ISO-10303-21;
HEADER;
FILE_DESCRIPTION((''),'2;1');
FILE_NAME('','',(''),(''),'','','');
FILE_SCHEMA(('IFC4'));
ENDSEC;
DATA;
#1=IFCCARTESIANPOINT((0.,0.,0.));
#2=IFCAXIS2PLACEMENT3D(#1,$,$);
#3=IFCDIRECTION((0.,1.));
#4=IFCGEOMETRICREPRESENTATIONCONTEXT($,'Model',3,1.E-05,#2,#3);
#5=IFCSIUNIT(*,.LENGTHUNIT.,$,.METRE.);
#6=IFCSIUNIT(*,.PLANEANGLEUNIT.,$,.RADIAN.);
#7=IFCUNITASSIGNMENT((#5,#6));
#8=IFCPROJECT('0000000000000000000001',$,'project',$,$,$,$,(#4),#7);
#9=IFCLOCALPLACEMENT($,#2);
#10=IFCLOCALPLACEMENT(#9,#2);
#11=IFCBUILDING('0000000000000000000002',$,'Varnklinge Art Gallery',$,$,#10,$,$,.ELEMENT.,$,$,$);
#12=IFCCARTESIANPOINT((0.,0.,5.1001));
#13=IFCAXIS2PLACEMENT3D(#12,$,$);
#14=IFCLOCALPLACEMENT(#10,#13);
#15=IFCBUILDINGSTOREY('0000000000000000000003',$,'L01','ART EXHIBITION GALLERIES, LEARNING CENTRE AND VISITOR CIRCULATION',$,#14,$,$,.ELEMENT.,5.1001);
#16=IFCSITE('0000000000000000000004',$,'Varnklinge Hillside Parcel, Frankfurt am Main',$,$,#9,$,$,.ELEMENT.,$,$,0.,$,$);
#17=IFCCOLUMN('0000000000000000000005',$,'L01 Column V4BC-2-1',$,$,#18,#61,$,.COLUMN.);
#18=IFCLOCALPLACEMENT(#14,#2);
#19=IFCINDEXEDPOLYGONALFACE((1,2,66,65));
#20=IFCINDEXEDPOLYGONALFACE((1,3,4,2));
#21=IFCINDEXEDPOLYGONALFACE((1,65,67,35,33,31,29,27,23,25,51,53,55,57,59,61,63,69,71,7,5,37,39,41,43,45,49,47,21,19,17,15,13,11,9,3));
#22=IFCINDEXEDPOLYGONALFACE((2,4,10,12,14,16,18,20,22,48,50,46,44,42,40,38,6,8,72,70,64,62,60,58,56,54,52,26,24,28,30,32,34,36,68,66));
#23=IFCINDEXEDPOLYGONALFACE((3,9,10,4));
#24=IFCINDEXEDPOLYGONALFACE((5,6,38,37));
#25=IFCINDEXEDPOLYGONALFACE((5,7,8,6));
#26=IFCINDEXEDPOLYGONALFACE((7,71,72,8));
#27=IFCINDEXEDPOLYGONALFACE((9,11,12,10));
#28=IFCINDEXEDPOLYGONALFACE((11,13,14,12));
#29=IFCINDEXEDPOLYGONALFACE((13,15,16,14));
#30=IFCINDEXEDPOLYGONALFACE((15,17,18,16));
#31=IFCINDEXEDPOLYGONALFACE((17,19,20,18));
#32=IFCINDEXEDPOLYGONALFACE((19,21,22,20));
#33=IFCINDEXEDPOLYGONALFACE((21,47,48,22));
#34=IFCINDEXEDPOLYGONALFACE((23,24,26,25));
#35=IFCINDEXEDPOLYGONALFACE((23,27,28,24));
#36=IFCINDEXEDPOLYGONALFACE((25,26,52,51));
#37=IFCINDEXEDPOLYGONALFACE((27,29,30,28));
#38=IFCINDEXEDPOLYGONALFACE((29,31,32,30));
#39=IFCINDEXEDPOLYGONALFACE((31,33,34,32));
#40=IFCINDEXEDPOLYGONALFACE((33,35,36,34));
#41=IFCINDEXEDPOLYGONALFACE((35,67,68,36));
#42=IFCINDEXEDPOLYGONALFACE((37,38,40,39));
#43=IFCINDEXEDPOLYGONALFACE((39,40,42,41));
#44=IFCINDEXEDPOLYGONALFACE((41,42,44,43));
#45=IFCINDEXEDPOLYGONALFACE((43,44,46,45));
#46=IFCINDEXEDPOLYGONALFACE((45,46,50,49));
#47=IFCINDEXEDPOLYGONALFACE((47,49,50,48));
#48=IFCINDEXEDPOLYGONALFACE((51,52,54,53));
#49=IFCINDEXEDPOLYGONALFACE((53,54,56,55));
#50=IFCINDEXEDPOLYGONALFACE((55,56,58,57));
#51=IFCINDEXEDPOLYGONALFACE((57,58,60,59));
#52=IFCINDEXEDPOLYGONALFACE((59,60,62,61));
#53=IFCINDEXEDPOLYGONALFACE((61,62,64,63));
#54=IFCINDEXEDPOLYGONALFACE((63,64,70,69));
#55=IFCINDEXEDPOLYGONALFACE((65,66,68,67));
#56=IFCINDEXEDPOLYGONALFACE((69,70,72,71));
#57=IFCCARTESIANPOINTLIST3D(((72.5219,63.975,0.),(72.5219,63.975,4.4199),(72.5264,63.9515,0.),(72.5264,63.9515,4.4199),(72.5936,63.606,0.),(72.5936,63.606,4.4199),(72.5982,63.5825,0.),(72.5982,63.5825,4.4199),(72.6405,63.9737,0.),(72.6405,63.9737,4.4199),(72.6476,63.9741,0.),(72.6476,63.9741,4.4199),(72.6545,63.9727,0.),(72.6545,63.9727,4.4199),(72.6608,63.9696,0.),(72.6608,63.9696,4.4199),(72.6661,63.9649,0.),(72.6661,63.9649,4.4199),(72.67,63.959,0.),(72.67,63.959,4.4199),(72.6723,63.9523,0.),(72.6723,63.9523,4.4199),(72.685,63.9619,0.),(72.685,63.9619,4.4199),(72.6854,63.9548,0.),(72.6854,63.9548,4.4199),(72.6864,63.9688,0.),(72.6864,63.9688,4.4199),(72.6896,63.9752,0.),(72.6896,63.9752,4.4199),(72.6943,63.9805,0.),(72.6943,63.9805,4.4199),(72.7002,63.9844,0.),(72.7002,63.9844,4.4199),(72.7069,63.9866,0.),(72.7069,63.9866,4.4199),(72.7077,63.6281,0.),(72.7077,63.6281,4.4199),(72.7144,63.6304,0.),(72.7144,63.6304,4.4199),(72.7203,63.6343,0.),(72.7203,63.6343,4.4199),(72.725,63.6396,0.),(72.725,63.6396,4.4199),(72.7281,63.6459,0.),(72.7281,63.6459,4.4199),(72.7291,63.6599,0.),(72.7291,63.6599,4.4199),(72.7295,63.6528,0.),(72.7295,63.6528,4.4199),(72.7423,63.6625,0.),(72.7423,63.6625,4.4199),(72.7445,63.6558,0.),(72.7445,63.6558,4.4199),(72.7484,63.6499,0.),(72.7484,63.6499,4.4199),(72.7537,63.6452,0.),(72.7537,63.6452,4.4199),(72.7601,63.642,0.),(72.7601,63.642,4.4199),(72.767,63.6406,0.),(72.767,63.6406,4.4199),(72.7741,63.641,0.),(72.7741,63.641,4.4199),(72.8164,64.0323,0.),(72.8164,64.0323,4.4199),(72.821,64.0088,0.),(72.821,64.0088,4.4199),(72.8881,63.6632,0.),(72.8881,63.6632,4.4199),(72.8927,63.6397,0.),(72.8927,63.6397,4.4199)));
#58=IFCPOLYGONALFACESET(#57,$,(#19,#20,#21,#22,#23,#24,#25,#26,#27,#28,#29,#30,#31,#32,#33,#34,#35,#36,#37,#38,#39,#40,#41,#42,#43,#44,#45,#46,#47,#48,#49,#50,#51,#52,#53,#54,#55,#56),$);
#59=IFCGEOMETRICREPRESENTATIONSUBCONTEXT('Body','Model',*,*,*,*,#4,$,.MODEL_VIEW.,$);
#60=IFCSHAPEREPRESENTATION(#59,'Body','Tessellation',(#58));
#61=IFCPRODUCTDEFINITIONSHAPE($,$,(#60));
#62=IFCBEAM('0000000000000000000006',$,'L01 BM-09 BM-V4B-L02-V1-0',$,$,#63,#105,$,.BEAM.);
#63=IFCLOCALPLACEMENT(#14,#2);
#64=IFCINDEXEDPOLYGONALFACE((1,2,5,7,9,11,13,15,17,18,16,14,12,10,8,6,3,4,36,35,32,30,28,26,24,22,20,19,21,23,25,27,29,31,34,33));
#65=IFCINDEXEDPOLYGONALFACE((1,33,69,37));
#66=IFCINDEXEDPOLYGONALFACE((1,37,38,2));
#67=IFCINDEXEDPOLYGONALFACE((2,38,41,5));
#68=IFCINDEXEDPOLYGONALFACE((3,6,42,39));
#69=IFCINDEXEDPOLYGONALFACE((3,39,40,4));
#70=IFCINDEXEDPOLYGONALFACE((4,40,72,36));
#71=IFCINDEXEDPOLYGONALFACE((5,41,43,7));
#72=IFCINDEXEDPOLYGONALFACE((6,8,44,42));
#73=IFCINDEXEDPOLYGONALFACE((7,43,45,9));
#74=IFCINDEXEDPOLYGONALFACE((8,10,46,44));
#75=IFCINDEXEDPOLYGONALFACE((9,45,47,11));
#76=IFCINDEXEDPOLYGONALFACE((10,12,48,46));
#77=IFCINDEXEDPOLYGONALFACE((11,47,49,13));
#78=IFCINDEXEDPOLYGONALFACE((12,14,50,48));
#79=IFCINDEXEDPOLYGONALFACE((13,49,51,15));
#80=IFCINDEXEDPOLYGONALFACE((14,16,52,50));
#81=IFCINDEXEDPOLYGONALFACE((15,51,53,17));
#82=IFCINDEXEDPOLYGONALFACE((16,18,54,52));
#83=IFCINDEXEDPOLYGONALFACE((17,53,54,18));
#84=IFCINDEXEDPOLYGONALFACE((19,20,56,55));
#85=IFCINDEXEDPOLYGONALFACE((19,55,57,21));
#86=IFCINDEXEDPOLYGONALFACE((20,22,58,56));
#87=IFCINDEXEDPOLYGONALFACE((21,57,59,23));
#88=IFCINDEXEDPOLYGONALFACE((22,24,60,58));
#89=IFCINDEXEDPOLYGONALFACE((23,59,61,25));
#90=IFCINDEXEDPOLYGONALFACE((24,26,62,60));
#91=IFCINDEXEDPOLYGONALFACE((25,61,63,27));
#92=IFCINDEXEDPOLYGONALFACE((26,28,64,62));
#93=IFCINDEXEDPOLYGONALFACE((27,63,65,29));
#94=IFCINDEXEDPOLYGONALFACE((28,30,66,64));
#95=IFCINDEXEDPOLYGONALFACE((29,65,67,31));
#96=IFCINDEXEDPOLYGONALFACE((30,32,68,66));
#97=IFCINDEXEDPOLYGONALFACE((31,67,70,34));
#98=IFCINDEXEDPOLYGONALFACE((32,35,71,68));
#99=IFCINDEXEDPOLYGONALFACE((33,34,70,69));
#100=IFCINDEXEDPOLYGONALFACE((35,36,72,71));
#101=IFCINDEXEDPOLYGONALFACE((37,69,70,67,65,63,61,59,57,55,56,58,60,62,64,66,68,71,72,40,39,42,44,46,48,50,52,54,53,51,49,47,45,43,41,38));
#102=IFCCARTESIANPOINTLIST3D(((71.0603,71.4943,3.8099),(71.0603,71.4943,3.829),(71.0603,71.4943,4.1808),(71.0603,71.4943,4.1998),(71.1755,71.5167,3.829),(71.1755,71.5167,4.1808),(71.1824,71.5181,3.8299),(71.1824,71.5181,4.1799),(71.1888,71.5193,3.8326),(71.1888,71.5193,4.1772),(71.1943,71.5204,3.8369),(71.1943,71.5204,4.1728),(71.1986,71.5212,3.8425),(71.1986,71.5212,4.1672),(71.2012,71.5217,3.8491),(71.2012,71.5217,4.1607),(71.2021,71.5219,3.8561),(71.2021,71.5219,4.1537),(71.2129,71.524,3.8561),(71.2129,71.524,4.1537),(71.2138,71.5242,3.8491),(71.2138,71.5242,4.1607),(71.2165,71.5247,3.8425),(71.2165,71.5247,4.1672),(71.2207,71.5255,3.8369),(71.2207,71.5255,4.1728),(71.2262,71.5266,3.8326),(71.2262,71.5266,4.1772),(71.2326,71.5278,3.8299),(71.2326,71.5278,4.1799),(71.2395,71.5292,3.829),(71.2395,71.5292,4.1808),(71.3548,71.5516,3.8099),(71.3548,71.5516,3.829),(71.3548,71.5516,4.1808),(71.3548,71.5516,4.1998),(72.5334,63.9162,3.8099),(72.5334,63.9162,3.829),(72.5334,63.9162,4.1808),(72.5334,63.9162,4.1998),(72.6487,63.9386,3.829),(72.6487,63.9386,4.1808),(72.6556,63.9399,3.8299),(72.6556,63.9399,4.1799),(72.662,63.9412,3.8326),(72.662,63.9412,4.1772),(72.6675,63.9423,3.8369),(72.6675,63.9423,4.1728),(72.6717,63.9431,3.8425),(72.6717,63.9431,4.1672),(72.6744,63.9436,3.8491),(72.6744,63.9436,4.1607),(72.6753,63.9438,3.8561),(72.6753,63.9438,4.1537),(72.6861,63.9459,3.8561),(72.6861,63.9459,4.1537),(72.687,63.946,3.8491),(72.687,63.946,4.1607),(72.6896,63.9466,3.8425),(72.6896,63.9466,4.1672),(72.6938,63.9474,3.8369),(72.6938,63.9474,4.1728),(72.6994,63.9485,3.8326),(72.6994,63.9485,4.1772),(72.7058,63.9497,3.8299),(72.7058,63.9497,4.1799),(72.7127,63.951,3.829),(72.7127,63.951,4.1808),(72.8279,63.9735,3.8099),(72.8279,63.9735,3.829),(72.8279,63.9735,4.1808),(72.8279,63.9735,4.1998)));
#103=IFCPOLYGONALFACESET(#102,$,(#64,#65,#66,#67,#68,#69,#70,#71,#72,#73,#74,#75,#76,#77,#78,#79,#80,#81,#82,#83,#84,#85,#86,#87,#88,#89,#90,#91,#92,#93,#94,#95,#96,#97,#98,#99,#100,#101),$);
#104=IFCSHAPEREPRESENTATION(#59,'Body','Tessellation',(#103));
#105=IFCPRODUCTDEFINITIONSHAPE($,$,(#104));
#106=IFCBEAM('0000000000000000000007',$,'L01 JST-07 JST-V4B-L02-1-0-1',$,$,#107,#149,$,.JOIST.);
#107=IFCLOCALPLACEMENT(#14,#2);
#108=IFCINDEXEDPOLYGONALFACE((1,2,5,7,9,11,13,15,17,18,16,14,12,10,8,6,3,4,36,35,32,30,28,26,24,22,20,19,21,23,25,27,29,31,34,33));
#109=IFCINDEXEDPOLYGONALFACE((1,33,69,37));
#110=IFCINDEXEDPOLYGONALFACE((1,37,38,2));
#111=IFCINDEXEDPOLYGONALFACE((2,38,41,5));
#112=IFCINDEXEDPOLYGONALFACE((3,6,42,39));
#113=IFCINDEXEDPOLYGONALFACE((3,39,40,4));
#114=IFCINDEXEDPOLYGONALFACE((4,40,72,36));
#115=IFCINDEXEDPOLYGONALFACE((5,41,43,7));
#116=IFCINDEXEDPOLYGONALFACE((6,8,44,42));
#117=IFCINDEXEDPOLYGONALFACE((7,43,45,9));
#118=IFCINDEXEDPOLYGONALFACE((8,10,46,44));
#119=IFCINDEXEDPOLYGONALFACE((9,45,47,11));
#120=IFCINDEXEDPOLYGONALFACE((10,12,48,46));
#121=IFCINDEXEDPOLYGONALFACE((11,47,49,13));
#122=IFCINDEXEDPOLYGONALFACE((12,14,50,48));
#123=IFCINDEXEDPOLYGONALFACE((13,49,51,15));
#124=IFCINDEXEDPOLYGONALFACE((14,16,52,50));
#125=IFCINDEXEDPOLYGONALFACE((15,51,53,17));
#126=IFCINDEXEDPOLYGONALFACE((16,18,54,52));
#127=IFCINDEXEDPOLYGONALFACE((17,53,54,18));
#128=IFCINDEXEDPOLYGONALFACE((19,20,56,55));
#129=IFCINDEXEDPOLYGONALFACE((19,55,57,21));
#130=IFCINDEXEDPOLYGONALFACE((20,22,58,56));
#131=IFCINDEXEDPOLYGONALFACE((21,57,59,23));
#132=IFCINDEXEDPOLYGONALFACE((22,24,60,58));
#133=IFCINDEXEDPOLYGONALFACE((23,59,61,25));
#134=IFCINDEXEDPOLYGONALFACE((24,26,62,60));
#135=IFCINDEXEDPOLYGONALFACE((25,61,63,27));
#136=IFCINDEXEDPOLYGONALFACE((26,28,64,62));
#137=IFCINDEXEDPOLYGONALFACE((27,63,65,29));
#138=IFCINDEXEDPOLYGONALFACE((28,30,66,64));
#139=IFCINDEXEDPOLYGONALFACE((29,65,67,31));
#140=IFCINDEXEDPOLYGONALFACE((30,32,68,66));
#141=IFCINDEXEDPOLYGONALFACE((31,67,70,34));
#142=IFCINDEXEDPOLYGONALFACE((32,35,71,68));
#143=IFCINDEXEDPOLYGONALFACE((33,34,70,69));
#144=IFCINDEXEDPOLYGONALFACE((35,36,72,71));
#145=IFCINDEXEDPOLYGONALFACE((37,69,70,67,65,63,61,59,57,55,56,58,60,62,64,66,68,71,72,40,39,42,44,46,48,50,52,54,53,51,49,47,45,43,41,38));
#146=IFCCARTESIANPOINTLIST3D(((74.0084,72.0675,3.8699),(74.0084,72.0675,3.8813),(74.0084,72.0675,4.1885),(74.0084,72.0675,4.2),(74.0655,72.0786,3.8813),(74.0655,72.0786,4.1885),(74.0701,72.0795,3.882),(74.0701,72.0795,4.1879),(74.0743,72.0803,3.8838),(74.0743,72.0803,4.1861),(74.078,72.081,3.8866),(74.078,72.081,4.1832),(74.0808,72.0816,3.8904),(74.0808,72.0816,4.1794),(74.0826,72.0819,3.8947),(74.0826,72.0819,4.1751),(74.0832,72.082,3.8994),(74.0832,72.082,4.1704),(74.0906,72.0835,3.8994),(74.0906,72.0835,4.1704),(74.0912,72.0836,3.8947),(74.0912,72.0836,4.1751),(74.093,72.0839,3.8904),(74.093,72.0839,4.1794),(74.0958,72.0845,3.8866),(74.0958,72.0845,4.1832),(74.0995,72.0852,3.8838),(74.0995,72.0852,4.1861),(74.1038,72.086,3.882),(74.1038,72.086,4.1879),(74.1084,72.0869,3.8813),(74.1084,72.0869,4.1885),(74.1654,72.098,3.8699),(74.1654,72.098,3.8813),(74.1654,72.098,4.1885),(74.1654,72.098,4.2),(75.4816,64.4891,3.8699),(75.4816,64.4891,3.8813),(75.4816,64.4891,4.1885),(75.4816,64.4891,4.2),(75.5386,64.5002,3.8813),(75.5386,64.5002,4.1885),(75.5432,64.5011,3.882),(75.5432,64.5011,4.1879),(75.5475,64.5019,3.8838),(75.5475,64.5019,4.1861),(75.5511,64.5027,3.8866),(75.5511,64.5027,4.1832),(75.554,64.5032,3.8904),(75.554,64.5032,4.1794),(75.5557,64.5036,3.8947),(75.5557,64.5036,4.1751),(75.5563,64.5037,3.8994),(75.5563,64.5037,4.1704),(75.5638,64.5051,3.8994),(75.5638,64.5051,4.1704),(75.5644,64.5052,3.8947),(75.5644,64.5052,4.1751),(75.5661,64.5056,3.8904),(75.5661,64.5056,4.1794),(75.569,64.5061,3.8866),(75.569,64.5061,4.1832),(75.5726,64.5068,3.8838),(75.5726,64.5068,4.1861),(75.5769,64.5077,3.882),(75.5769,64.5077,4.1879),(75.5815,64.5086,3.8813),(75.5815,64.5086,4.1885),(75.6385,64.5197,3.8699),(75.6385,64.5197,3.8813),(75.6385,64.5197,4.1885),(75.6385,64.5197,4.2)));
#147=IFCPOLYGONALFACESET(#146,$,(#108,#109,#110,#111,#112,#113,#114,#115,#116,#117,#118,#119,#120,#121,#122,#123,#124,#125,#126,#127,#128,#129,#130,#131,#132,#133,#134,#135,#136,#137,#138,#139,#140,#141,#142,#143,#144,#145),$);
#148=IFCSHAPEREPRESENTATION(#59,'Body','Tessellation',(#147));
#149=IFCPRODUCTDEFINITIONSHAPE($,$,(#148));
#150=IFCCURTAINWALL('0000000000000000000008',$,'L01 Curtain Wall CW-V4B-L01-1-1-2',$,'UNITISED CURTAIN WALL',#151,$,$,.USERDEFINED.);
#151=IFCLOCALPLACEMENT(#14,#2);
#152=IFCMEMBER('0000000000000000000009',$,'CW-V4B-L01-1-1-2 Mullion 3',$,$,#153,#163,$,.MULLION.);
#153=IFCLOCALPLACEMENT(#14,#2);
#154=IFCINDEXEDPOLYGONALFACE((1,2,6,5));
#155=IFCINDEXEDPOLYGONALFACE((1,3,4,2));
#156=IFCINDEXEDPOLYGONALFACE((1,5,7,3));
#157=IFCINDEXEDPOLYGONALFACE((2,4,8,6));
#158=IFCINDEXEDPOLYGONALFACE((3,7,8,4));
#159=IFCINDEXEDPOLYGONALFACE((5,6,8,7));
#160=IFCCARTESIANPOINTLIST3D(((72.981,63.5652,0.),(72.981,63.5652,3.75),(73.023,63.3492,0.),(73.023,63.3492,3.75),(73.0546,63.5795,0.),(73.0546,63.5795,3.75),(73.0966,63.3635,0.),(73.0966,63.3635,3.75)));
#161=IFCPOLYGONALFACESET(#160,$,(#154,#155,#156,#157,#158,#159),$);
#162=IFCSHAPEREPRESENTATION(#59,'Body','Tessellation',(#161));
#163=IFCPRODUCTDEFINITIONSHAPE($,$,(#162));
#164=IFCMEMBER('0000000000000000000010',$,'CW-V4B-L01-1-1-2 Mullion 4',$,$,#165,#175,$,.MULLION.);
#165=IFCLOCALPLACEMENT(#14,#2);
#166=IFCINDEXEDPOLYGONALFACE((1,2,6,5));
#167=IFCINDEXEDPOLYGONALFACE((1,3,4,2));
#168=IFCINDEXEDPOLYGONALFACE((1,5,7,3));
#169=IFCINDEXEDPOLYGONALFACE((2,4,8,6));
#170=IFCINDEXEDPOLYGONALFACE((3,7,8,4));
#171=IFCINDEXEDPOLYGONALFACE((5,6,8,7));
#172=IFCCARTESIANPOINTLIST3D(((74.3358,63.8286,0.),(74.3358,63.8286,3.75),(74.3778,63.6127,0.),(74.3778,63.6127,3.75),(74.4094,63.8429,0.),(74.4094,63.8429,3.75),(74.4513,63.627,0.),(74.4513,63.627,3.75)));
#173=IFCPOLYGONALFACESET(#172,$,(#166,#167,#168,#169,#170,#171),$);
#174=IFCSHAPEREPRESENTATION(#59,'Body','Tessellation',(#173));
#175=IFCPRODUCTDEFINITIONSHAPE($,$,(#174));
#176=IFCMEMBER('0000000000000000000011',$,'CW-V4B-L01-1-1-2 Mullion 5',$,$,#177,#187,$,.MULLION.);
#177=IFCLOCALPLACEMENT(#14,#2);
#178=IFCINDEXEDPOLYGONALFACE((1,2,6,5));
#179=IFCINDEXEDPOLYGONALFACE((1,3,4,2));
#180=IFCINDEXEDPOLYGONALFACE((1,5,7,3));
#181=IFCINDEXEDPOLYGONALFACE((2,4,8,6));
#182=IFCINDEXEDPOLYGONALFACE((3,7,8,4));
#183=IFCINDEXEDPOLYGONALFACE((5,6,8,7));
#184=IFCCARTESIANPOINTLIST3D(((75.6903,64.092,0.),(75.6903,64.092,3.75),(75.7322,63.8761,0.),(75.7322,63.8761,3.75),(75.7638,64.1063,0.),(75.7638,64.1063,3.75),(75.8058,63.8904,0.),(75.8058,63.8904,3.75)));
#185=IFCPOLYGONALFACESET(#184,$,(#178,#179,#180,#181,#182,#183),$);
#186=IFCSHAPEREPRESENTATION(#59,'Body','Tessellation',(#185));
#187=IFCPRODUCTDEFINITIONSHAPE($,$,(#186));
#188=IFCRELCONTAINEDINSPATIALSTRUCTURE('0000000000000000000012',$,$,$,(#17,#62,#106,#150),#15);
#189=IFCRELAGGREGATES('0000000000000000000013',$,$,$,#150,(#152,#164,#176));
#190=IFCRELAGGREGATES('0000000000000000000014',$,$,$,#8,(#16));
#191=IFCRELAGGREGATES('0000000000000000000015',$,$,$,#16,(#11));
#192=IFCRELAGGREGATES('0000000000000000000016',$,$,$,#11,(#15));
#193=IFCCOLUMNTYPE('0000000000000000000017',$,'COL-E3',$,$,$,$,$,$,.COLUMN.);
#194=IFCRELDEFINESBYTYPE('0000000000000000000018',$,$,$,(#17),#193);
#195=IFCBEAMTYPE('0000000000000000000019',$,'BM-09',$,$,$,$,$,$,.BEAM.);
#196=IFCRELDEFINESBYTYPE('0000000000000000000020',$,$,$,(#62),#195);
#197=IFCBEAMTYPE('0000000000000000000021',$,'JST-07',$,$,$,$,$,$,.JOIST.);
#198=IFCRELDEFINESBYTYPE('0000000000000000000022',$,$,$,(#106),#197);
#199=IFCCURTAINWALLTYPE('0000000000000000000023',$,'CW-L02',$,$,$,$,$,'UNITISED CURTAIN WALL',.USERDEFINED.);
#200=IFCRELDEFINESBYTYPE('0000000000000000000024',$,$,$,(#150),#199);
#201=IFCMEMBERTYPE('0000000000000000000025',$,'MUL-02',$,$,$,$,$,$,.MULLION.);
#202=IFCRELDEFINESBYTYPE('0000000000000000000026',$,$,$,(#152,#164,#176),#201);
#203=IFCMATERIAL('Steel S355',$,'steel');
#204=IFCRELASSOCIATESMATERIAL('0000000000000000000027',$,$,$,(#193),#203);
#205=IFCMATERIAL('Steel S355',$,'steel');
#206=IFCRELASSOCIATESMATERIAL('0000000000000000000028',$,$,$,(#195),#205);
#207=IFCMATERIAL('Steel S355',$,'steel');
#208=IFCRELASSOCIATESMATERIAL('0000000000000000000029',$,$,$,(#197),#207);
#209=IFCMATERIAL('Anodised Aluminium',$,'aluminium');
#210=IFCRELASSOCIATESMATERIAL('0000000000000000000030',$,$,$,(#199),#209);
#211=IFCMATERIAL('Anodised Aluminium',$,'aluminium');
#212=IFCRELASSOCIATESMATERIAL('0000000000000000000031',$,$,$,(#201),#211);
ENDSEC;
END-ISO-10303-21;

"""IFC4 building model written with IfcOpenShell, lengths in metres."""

from ifc_helpers import new_model, si_unit, direction, frame, origin, origin_2d, place, context, subcontext, project, spatial, rectangle, i_section, extrude, material, material_profile, profile_set, type_object, element, aggregate, save


model = new_model("IFC4")

# Units and contexts
model_context = context("Model", 3, precision=1e-05, world=origin(), true_north=direction((0.0, 1.0)))
body_context = subcontext(model_context, "Body", "Model", "MODEL_VIEW")
ifc_project = project(units=[si_unit("LENGTHUNIT", "METRE"), si_unit("PLANEANGLEUNIT", "RADIAN")], contexts=[model_context])

# Site, building, storey
site_placement = place(None, origin())
site = spatial("IfcSite", under=ifc_project, at=site_placement, Name="Varnklinge Hillside Parcel, Frankfurt am Main", CompositionType="ELEMENT", RefElevation=0.0)
building_placement = place(site_placement, origin())
building = spatial("IfcBuilding", under=site, at=building_placement, Name="Varnklinge Art Gallery", CompositionType="ELEMENT")
storey_placement = place(building_placement, frame((0.0, 0.0, 5.1001)))
storey = spatial("IfcBuildingStorey", under=building, at=storey_placement, Name="L01", Description="ART EXHIBITION GALLERIES, LEARNING CENTRE AND VISITOR CIRCULATION", CompositionType="ELEMENT", Elevation=5.1001)

# Column
ifc_material_1 = material(Name="Steel S355", Category="steel")
ifc_material_profile_1 = material_profile(ifc_material_1, i_section(OverallWidth=0.3, OverallDepth=0.3999, WebThickness=0.0134, FlangeThickness=0.0239, FilletRadius=0.0271, at=origin_2d()), Name="HEB 400")
ifc_profile_set_1 = profile_set([ifc_material_profile_1], Name="Steel S355")
column_type = type_object("IfcColumnType", Name="COL-E3", PredefinedType="COLUMN", material=ifc_profile_set_1)
column_placement = place(storey_placement, frame((72.7073, 63.8074, 0.0), z_axis=(0.0, 0.0, 1.0), x_axis=(0.981627, 0.190809, 0.0)))
element("IfcColumn", 1, at=column_placement, inside=storey, type_object=column_type, Name="L01 Column V4BC-2-1", PredefinedType="COLUMN", context=body_context, shape_type="SweptSolid", body=[
    extrude(i_section(OverallWidth=0.3, OverallDepth=0.3999, WebThickness=0.0134, FlangeThickness=0.0239, FilletRadius=0.0271, at=origin_2d()), origin(), (0.0, 0.0, 1.0), 4.4199),
])

# Beams
ifc_material_2 = material(Name="Steel S355", Category="steel")
ifc_material_profile_2 = material_profile(ifc_material_2, i_section(OverallWidth=0.3, OverallDepth=0.3899, WebThickness=0.011, FlangeThickness=0.019, FilletRadius=0.0271, at=origin_2d()), Name="HEA 400")
ifc_profile_set_2 = profile_set([ifc_material_profile_2], Name="Steel S355")
beam_type_1 = type_object("IfcBeamType", Name="BM-09", PredefinedType="BEAM", material=ifc_profile_set_2)
beam_1_placement = place(storey_placement, frame((72.6807, 63.9448, 4.0049), z_axis=(-0.190822, 0.981625, 0.0), x_axis=(-0.981625, -0.190822, 0.0)))
element("IfcBeam", 2, at=beam_1_placement, inside=storey, type_object=beam_type_1, Name="L01 BM-09 BM-V4B-L02-V1-0", PredefinedType="BEAM", context=body_context, shape_type="SweptSolid", body=[
    extrude(i_section(OverallWidth=0.3, OverallDepth=0.3899, WebThickness=0.011, FlangeThickness=0.019, FilletRadius=0.0271, at=origin_2d()), origin(), (0.0, 0.0, 1.0), 7.72),
])
ifc_material_3 = material(Name="Steel S355", Category="steel")
ifc_material_profile_3 = material_profile(ifc_material_3, i_section(OverallWidth=0.1599, OverallDepth=0.3301, WebThickness=0.0076, FlangeThickness=0.0115, FilletRadius=0.0181, at=origin_2d()), Name="IPE 330")
ifc_profile_set_3 = profile_set([ifc_material_profile_3], Name="Steel S355")
beam_type_2 = type_object("IfcBeamType", Name="JST-07", PredefinedType="JOIST", material=ifc_profile_set_3)
beam_2_placement = place(storey_placement, frame((75.5601, 64.5044, 4.0349), z_axis=(-0.190816, 0.981626, 0.0), x_axis=(-0.981626, -0.190816, 0.0)))
element("IfcBeam", 3, at=beam_2_placement, inside=storey, type_object=beam_type_2, Name="L01 JST-07 JST-V4B-L02-1-0-1", PredefinedType="JOIST", context=body_context, shape_type="SweptSolid", body=[
    extrude(i_section(OverallWidth=0.1599, OverallDepth=0.3301, WebThickness=0.0076, FlangeThickness=0.0115, FilletRadius=0.0181, at=origin_2d()), origin(), (0.0, 0.0, 1.0), 7.7202),
])

# Curtain wall, members
ifc_material_4 = material(Name="Anodised Aluminium", Category="aluminium")
curtain_wall_type = type_object("IfcCurtainWallType", Name="CW-L02", ElementType="UNITISED CURTAIN WALL", PredefinedType="USERDEFINED", material=ifc_material_4)
curtain_wall_placement = place(storey_placement, origin())
curtain_wall = element("IfcCurtainWall", 4, at=curtain_wall_placement, inside=storey, type_object=curtain_wall_type, Name="L01 Curtain Wall CW-V4B-L01-1-1-2", ObjectType="UNITISED CURTAIN WALL", PredefinedType="USERDEFINED")
ifc_material_5 = material(Name="Anodised Aluminium", Category="aluminium")
ifc_material_profile_4 = material_profile(ifc_material_5, rectangle(XDim=0.075, YDim=0.22, at=origin_2d()), Name="ALU 75x220")
ifc_profile_set_4 = profile_set([ifc_material_profile_4], Name="Anodised Aluminium")
member_type = type_object("IfcMemberType", Name="MUL-02", PredefinedType="MULLION", material=ifc_profile_set_4)
member_1_placement = place(storey_placement, frame((73.0388, 63.4644, 0.0), z_axis=(0.0, 0.0, 1.0), x_axis=(0.981627, 0.190809, 0.0)))
member_1 = element("IfcMember", 5, at=member_1_placement, type_object=member_type, Name="CW-V4B-L01-1-1-2 Mullion 3", PredefinedType="MULLION", context=body_context, shape_type="SweptSolid", body=[
    extrude(rectangle(XDim=0.075, YDim=0.22, at=origin_2d()), origin(), (0.0, 0.0, 1.0), 3.75),
])
member_2_placement = place(storey_placement, frame((74.3936, 63.7278, 0.0), z_axis=(0.0, 0.0, 1.0), x_axis=(0.981627, 0.190809, 0.0)))
member_2 = element("IfcMember", 6, at=member_2_placement, type_object=member_type, Name="CW-V4B-L01-1-1-2 Mullion 4", PredefinedType="MULLION", context=body_context, shape_type="SweptSolid", body=[
    extrude(rectangle(XDim=0.075, YDim=0.22, at=origin_2d()), origin(), (0.0, 0.0, 1.0), 3.75),
])
member_3_placement = place(storey_placement, frame((75.748, 63.9912, 0.0), z_axis=(0.0, 0.0, 1.0), x_axis=(0.981627, 0.190809, 0.0)))
member_3 = element("IfcMember", 7, at=member_3_placement, type_object=member_type, Name="CW-V4B-L01-1-1-2 Mullion 5", PredefinedType="MULLION", context=body_context, shape_type="SweptSolid", body=[
    extrude(rectangle(XDim=0.075, YDim=0.22, at=origin_2d()), origin(), (0.0, 0.0, 1.0), 3.75),
])

aggregate(curtain_wall, [member_1, member_2, member_3])

save(model, "model.ifc")
